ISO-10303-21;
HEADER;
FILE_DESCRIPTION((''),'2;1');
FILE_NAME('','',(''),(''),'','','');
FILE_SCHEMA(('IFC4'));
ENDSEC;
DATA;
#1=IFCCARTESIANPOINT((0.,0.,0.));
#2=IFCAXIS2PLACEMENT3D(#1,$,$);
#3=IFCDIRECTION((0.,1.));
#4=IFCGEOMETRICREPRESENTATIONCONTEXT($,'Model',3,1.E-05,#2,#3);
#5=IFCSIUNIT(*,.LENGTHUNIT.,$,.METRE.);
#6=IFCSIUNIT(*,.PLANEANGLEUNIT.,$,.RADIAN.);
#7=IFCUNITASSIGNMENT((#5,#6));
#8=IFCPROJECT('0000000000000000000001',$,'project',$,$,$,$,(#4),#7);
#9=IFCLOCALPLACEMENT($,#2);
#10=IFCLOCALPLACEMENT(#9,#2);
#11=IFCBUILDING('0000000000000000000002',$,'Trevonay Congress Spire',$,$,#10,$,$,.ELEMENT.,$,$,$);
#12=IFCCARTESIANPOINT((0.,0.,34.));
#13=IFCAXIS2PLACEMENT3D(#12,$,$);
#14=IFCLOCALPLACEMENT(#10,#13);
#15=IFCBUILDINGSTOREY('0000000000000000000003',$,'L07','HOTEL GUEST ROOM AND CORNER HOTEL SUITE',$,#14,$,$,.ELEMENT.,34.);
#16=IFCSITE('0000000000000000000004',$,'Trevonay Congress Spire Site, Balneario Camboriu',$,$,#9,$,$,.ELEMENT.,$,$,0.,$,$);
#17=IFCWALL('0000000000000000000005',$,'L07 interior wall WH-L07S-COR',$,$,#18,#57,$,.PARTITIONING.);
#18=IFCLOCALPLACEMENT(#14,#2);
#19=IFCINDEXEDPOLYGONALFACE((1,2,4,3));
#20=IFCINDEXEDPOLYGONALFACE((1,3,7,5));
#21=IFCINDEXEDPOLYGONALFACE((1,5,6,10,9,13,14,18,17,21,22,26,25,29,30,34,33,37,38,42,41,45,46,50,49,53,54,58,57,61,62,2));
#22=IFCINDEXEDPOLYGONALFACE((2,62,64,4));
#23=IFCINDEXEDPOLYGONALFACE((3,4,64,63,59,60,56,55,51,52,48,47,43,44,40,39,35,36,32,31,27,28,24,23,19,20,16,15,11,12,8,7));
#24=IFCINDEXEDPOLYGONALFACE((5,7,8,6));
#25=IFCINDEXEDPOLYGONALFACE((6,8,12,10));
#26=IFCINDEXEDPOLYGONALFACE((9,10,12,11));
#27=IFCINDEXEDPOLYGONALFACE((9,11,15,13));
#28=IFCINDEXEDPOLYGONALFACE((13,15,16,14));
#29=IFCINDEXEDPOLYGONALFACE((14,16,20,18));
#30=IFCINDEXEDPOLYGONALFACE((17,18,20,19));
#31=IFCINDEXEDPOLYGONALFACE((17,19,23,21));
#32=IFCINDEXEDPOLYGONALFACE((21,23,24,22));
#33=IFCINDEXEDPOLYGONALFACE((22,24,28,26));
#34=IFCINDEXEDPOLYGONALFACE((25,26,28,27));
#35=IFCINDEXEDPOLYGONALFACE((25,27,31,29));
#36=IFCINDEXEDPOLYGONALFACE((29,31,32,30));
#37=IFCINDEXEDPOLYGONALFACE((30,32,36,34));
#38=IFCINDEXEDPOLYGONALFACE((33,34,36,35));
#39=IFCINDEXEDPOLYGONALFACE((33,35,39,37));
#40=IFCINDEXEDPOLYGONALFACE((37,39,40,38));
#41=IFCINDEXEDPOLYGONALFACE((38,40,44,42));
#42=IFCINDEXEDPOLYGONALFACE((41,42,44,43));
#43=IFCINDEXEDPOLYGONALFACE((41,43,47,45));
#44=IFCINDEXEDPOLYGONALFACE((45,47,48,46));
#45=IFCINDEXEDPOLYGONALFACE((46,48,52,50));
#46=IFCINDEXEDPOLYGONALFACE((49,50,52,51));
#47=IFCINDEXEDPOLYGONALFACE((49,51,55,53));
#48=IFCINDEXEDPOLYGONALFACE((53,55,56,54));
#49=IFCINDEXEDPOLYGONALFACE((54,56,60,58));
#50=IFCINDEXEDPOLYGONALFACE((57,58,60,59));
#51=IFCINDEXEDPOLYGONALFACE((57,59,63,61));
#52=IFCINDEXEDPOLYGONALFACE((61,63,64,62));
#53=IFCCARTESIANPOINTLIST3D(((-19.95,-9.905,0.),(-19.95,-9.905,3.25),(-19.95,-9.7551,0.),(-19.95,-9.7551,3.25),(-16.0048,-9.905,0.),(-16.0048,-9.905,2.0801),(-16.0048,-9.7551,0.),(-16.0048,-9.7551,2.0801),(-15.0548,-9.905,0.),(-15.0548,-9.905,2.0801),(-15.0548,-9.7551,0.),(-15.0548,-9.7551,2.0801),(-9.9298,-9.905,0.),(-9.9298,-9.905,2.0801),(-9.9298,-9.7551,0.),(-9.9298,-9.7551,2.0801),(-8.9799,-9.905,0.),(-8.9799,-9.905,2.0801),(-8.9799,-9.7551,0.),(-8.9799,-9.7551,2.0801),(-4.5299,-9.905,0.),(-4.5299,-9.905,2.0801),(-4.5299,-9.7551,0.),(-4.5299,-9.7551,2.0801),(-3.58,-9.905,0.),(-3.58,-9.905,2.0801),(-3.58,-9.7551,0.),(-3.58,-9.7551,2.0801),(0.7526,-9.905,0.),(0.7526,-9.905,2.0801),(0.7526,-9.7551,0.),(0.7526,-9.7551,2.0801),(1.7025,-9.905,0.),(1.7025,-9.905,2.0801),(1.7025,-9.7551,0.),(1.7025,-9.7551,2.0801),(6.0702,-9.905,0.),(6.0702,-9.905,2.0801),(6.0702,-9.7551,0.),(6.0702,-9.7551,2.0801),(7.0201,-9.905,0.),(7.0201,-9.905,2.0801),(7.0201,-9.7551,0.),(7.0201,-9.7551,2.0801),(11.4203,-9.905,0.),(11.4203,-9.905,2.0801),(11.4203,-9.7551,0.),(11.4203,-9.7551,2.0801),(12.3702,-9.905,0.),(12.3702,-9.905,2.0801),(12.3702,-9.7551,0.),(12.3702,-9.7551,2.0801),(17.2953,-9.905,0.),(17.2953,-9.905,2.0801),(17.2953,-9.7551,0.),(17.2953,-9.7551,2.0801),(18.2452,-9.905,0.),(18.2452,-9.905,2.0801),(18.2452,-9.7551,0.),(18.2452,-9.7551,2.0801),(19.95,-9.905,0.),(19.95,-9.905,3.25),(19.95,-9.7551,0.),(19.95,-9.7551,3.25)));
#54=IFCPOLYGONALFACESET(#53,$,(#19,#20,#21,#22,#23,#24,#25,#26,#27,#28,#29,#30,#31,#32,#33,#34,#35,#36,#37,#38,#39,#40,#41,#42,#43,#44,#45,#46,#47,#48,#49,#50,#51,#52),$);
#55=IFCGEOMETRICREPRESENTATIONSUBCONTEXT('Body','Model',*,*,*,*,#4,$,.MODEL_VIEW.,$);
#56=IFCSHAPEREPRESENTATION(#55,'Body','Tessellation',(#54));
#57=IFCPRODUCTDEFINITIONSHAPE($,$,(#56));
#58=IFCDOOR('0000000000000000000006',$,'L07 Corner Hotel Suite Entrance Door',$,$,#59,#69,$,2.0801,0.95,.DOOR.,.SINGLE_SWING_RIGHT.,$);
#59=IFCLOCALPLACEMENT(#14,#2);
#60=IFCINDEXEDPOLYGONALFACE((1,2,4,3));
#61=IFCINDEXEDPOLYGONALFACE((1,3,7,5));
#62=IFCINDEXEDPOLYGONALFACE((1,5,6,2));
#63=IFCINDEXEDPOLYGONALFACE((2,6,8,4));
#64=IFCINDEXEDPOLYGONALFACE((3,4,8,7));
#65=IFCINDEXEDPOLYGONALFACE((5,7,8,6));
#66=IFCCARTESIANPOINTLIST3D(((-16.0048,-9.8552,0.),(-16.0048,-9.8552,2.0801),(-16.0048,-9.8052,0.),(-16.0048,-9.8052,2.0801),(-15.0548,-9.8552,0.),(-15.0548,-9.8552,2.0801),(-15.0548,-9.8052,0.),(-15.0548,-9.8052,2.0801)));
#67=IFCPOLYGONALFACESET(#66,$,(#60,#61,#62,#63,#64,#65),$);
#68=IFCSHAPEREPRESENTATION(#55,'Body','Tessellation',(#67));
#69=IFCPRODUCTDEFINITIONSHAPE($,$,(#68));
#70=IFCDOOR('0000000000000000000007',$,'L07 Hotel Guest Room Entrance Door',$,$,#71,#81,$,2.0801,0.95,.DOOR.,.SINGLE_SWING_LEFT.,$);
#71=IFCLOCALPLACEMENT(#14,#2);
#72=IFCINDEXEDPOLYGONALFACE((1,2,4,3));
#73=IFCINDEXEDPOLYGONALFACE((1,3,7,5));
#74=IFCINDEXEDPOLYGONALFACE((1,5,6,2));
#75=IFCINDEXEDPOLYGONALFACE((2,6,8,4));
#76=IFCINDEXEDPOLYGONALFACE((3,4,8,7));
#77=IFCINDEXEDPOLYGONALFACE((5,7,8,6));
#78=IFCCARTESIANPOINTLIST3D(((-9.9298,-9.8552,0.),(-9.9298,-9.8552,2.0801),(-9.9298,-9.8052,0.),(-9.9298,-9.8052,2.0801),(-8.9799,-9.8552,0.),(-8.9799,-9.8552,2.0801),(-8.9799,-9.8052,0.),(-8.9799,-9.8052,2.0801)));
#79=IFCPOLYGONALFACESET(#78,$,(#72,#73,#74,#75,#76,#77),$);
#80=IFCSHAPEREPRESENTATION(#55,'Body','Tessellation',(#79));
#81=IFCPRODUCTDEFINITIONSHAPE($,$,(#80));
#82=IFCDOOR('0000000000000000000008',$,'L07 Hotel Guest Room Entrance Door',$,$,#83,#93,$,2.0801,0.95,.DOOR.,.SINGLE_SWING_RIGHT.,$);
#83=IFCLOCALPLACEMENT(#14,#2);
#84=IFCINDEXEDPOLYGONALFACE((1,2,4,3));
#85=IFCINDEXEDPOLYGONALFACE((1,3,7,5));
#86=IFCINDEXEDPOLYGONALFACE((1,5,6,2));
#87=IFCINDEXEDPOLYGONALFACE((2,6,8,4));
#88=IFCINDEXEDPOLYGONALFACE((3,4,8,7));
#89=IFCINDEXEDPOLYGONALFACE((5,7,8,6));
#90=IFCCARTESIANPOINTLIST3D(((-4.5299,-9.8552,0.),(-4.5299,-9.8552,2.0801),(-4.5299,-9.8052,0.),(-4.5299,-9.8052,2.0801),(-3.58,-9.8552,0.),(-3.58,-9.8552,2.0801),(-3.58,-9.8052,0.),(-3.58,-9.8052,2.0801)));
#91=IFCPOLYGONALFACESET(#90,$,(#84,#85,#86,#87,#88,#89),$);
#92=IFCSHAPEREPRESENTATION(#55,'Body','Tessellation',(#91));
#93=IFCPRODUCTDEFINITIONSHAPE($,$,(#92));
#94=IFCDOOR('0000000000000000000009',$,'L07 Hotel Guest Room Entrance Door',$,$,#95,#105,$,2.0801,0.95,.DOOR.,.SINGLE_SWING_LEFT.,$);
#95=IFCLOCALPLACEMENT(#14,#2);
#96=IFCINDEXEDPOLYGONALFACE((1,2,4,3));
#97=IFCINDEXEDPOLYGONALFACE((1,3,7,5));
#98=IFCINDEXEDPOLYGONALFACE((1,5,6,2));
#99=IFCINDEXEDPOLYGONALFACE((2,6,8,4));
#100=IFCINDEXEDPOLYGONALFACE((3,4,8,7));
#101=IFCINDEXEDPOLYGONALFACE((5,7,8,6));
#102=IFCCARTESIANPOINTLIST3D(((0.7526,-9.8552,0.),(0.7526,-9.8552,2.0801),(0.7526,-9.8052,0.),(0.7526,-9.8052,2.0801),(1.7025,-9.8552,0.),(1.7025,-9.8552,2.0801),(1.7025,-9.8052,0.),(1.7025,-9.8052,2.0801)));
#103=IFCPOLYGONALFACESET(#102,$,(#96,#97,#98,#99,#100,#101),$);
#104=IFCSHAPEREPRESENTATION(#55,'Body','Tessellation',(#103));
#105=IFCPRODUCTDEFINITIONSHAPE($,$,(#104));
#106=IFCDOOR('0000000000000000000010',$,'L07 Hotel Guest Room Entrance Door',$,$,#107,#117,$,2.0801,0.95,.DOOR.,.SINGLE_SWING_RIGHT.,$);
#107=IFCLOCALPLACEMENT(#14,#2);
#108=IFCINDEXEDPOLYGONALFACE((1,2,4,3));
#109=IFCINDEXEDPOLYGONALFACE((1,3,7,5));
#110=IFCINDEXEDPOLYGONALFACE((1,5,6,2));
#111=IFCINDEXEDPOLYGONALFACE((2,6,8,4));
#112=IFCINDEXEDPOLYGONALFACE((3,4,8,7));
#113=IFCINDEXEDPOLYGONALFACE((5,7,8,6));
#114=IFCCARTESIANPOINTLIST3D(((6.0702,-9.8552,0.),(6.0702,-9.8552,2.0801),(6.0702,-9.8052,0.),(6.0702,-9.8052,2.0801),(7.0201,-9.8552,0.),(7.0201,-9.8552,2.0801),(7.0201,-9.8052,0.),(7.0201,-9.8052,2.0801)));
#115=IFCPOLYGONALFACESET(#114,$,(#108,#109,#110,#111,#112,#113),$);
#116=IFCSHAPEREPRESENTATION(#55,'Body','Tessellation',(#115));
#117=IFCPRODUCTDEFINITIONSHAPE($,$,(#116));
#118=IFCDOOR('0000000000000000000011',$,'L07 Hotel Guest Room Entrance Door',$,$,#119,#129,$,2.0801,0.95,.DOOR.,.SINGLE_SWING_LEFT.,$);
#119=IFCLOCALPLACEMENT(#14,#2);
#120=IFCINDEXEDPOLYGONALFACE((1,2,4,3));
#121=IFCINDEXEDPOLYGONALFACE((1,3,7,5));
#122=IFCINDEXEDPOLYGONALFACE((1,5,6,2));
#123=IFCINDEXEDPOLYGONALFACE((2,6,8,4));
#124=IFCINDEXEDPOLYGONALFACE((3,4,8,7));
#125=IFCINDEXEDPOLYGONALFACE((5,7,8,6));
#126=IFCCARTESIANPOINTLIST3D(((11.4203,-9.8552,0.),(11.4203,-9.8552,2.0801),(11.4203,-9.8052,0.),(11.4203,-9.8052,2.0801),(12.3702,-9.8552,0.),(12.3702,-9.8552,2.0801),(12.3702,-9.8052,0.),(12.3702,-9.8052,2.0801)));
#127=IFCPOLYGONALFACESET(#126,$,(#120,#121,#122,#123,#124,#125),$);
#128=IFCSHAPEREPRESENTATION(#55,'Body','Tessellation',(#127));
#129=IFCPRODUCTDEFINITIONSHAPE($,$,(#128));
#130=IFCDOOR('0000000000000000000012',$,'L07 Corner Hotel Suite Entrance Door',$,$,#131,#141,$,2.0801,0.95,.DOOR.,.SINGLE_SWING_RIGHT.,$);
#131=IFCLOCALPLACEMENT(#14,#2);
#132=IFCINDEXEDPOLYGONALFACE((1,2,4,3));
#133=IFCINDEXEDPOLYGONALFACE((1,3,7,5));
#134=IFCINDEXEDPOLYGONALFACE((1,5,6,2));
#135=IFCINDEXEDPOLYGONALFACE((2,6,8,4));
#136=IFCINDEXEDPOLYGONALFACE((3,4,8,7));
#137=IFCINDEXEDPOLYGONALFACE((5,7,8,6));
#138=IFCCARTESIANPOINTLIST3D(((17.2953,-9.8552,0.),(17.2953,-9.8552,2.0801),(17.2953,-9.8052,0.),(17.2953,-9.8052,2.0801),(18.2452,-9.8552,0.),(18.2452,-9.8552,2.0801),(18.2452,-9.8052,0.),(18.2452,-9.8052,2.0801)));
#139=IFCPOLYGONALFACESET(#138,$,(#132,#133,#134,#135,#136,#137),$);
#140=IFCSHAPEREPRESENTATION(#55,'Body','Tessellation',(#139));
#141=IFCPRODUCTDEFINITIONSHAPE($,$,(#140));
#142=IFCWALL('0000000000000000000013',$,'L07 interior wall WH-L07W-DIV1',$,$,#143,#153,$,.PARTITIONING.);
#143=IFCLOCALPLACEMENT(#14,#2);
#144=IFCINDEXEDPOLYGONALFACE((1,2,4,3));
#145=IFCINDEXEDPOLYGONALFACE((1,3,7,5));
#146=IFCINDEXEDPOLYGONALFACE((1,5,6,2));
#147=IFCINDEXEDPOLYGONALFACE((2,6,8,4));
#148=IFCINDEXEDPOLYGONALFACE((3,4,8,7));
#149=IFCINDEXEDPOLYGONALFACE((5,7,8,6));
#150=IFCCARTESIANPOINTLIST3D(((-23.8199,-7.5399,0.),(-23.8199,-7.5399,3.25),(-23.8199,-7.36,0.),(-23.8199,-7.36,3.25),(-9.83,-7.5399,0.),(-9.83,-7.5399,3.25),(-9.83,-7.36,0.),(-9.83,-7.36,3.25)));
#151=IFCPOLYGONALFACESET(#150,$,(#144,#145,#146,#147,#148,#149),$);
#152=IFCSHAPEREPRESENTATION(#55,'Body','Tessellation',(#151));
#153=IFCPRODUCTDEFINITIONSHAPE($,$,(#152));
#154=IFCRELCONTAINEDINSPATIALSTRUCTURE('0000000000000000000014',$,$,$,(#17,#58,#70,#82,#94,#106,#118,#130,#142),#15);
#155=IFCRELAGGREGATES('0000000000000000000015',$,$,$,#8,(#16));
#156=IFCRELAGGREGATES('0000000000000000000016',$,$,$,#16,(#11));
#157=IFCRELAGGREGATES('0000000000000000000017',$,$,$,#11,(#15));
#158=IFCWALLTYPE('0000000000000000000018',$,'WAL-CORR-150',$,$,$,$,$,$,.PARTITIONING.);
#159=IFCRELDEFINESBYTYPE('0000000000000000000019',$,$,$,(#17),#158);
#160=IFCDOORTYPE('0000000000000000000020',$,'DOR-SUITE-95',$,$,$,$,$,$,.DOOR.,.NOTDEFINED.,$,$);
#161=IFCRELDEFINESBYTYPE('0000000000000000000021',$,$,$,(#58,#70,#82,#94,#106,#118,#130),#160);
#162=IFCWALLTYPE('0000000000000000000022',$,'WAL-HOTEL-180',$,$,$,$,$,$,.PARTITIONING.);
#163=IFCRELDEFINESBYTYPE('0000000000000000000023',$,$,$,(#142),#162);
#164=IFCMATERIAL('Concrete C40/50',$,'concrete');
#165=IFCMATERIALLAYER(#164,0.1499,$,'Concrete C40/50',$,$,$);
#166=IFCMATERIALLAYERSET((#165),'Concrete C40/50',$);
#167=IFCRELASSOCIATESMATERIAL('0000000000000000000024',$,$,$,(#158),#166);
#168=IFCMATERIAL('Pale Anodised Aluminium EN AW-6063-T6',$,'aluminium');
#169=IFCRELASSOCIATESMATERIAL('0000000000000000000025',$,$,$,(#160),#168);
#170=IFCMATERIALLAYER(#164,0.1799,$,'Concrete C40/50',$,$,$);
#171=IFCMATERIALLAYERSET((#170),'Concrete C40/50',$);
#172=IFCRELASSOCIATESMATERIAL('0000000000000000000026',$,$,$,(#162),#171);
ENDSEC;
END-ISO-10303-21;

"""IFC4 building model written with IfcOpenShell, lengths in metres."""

from ifc_helpers import new_model, si_unit, direction, frame, frame_2d, origin, place, context, subcontext, project, spatial, rectangle, extrude, material, layer, layer_set, type_object, element, fill, save


model = new_model("IFC4")

# Units and contexts
model_context = context("Model", 3, precision=1e-05, world=origin(), true_north=direction((0.0, 1.0)))
body_context = subcontext(model_context, "Body", "Model", "MODEL_VIEW")
ifc_project = project(units=[si_unit("LENGTHUNIT", "METRE"), si_unit("PLANEANGLEUNIT", "RADIAN")], contexts=[model_context])

# Site, building, storey
site_placement = place(None, origin())
site = spatial("IfcSite", under=ifc_project, at=site_placement, Name="Trevonay Congress Spire Site, Balneario Camboriu", CompositionType="ELEMENT", RefElevation=0.0)
building_placement = place(site_placement, origin())
building = spatial("IfcBuilding", under=site, at=building_placement, Name="Trevonay Congress Spire", CompositionType="ELEMENT")
storey_placement = place(building_placement, frame((0.0, 0.0, 34.0)))
storey = spatial("IfcBuildingStorey", under=building, at=storey_placement, Name="L07", Description="HOTEL GUEST ROOM AND CORNER HOTEL SUITE", CompositionType="ELEMENT", Elevation=34.0)

# Shared definitions
ifc_material_1 = material(Name="Pale Anodised Aluminium EN AW-6063-T6", Category="aluminium")

# Shared definitions
ifc_material_2 = material(Name="Concrete C40/50", Category="concrete")

# Wall, openings, doors
ifc_layer_1 = layer(ifc_material_2, 0.1499, Name="Concrete C40/50")
ifc_layer_set_1 = layer_set([ifc_layer_1], Name="Concrete C40/50")
wall_type_1 = type_object("IfcWallType", Name="WAL-CORR-150", PredefinedType="PARTITIONING", material=ifc_layer_set_1)
wall_1_placement = place(storey_placement, frame((-19.95, -9.8301, 0.0), z_axis=(0.0, 0.0, 1.0), x_axis=(1.0, 0.0, 0.0)))
wall_1 = element("IfcWall", 1, at=wall_1_placement, inside=storey, type_object=wall_type_1, Name="L07 interior wall WH-L07S-COR", PredefinedType="PARTITIONING", context=body_context, shape_type="SweptSolid", body=[
    extrude(rectangle(XDim=39.8999, YDim=0.1499, at=frame_2d((19.95, 0.0))), origin(), (0.0, 0.0, 1.0), 3.25),
])
opening_1_placement = place(wall_1_placement, frame((3.9451, 0.0, 0.0)))
opening_1 = element("IfcOpeningElement", 2, at=opening_1_placement, cuts=wall_1, PredefinedType="OPENING", context=body_context, shape_type="SweptSolid", body=[
    extrude(rectangle(XDim=0.95, YDim=2.0801, at=frame_2d((0.4751, 1.04))), frame((0.0, 0.085, 0.0), z_axis=(0.0, -1.0, 0.0), x_axis=(1.0, 0.0, 0.0)), (0.0, 0.0, 1.0), 0.1699),
])
opening_2_placement = place(wall_1_placement, frame((10.02, 0.0, 0.0)))
opening_2 = element("IfcOpeningElement", 3, at=opening_2_placement, cuts=wall_1, PredefinedType="OPENING", context=body_context, shape_type="SweptSolid", body=[
    extrude(rectangle(XDim=0.95, YDim=2.0801, at=frame_2d((0.4751, 1.04))), frame((0.0, 0.085, 0.0), z_axis=(0.0, -1.0, 0.0), x_axis=(1.0, 0.0, 0.0)), (0.0, 0.0, 1.0), 0.1699),
])
opening_3_placement = place(wall_1_placement, frame((15.4199, 0.0, 0.0)))
opening_3 = element("IfcOpeningElement", 4, at=opening_3_placement, cuts=wall_1, PredefinedType="OPENING", context=body_context, shape_type="SweptSolid", body=[
    extrude(rectangle(XDim=0.95, YDim=2.0801, at=frame_2d((0.4751, 1.04))), frame((0.0, 0.085, 0.0), z_axis=(0.0, -1.0, 0.0), x_axis=(1.0, 0.0, 0.0)), (0.0, 0.0, 1.0), 0.1699),
])
opening_4_placement = place(wall_1_placement, frame((20.7024, 0.0, 0.0)))
opening_4 = element("IfcOpeningElement", 5, at=opening_4_placement, cuts=wall_1, PredefinedType="OPENING", context=body_context, shape_type="SweptSolid", body=[
    extrude(rectangle(XDim=0.95, YDim=2.0801, at=frame_2d((0.4751, 1.04))), frame((0.0, 0.085, 0.0), z_axis=(0.0, -1.0, 0.0), x_axis=(1.0, 0.0, 0.0)), (0.0, 0.0, 1.0), 0.1699),
])
opening_5_placement = place(wall_1_placement, frame((26.02, 0.0, 0.0)))
opening_5 = element("IfcOpeningElement", 6, at=opening_5_placement, cuts=wall_1, PredefinedType="OPENING", context=body_context, shape_type="SweptSolid", body=[
    extrude(rectangle(XDim=0.95, YDim=2.0801, at=frame_2d((0.4751, 1.04))), frame((0.0, 0.085, 0.0), z_axis=(0.0, -1.0, 0.0), x_axis=(1.0, 0.0, 0.0)), (0.0, 0.0, 1.0), 0.1699),
])
opening_6_placement = place(wall_1_placement, frame((31.3701, 0.0, 0.0)))
opening_6 = element("IfcOpeningElement", 7, at=opening_6_placement, cuts=wall_1, PredefinedType="OPENING", context=body_context, shape_type="SweptSolid", body=[
    extrude(rectangle(XDim=0.95, YDim=2.0801, at=frame_2d((0.4751, 1.04))), frame((0.0, 0.085, 0.0), z_axis=(0.0, -1.0, 0.0), x_axis=(1.0, 0.0, 0.0)), (0.0, 0.0, 1.0), 0.1699),
])
opening_7_placement = place(wall_1_placement, frame((37.2451, 0.0, 0.0)))
opening_7 = element("IfcOpeningElement", 8, at=opening_7_placement, cuts=wall_1, PredefinedType="OPENING", context=body_context, shape_type="SweptSolid", body=[
    extrude(rectangle(XDim=0.95, YDim=2.0801, at=frame_2d((0.4751, 1.04))), frame((0.0, 0.085, 0.0), z_axis=(0.0, -1.0, 0.0), x_axis=(1.0, 0.0, 0.0)), (0.0, 0.0, 1.0), 0.1699),
])
door_type_1 = type_object("IfcDoorType", Name="DOR-SUITE-95", OperationType="NOTDEFINED", PredefinedType="DOOR", material=ifc_material_1)
door_1_placement = place(opening_1_placement, origin())
door_1 = element("IfcDoor", 9, at=door_1_placement, inside=storey, type_object=door_type_1, Name="L07 Corner Hotel Suite Entrance Door", OperationType="SINGLE_SWING_RIGHT", OverallHeight=2.0801, OverallWidth=0.95, PredefinedType="DOOR", context=body_context, shape_type="SweptSolid", body=[
    extrude(rectangle(XDim=0.95, YDim=2.0801, at=frame_2d((0.4751, 1.04))), frame((0.0, 0.0249, 0.0), z_axis=(0.0, -1.0, 0.0), x_axis=(1.0, 0.0, 0.0)), (0.0, 0.0, 1.0), 0.05),
])
fill(opening_1, door_1)
door_2_placement = place(opening_2_placement, origin())
door_2 = element("IfcDoor", 10, at=door_2_placement, inside=storey, type_object=door_type_1, Name="L07 Hotel Guest Room Entrance Door", OperationType="SINGLE_SWING_LEFT", OverallHeight=2.0801, OverallWidth=0.95, PredefinedType="DOOR", context=body_context, shape_type="SweptSolid", body=[
    extrude(rectangle(XDim=0.95, YDim=2.0801, at=frame_2d((0.4751, 1.04))), frame((0.0, 0.0249, 0.0), z_axis=(0.0, -1.0, 0.0), x_axis=(1.0, 0.0, 0.0)), (0.0, 0.0, 1.0), 0.05),
])
fill(opening_2, door_2)
door_3_placement = place(opening_3_placement, origin())
door_3 = element("IfcDoor", 11, at=door_3_placement, inside=storey, type_object=door_type_1, Name="L07 Hotel Guest Room Entrance Door", OperationType="SINGLE_SWING_RIGHT", OverallHeight=2.0801, OverallWidth=0.95, PredefinedType="DOOR", context=body_context, shape_type="SweptSolid", body=[
    extrude(rectangle(XDim=0.95, YDim=2.0801, at=frame_2d((0.4751, 1.04))), frame((0.0, 0.0249, 0.0), z_axis=(0.0, -1.0, 0.0), x_axis=(1.0, 0.0, 0.0)), (0.0, 0.0, 1.0), 0.05),
])
fill(opening_3, door_3)
door_4_placement = place(opening_4_placement, origin())
door_4 = element("IfcDoor", 12, at=door_4_placement, inside=storey, type_object=door_type_1, Name="L07 Hotel Guest Room Entrance Door", OperationType="SINGLE_SWING_LEFT", OverallHeight=2.0801, OverallWidth=0.95, PredefinedType="DOOR", context=body_context, shape_type="SweptSolid", body=[
    extrude(rectangle(XDim=0.95, YDim=2.0801, at=frame_2d((0.4751, 1.04))), frame((0.0, 0.0249, 0.0), z_axis=(0.0, -1.0, 0.0), x_axis=(1.0, 0.0, 0.0)), (0.0, 0.0, 1.0), 0.05),
])
fill(opening_4, door_4)
door_5_placement = place(opening_5_placement, origin())
door_5 = element("IfcDoor", 13, at=door_5_placement, inside=storey, type_object=door_type_1, Name="L07 Hotel Guest Room Entrance Door", OperationType="SINGLE_SWING_RIGHT", OverallHeight=2.0801, OverallWidth=0.95, PredefinedType="DOOR", context=body_context, shape_type="SweptSolid", body=[
    extrude(rectangle(XDim=0.95, YDim=2.0801, at=frame_2d((0.4751, 1.04))), frame((0.0, 0.0249, 0.0), z_axis=(0.0, -1.0, 0.0), x_axis=(1.0, 0.0, 0.0)), (0.0, 0.0, 1.0), 0.05),
])
fill(opening_5, door_5)
door_6_placement = place(opening_6_placement, origin())
door_6 = element("IfcDoor", 14, at=door_6_placement, inside=storey, type_object=door_type_1, Name="L07 Hotel Guest Room Entrance Door", OperationType="SINGLE_SWING_LEFT", OverallHeight=2.0801, OverallWidth=0.95, PredefinedType="DOOR", context=body_context, shape_type="SweptSolid", body=[
    extrude(rectangle(XDim=0.95, YDim=2.0801, at=frame_2d((0.4751, 1.04))), frame((0.0, 0.0249, 0.0), z_axis=(0.0, -1.0, 0.0), x_axis=(1.0, 0.0, 0.0)), (0.0, 0.0, 1.0), 0.05),
])
fill(opening_6, door_6)
door_7_placement = place(opening_7_placement, origin())
door_7 = element("IfcDoor", 15, at=door_7_placement, inside=storey, type_object=door_type_1, Name="L07 Corner Hotel Suite Entrance Door", OperationType="SINGLE_SWING_RIGHT", OverallHeight=2.0801, OverallWidth=0.95, PredefinedType="DOOR", context=body_context, shape_type="SweptSolid", body=[
    extrude(rectangle(XDim=0.95, YDim=2.0801, at=frame_2d((0.4751, 1.04))), frame((0.0, 0.0249, 0.0), z_axis=(0.0, -1.0, 0.0), x_axis=(1.0, 0.0, 0.0)), (0.0, 0.0, 1.0), 0.05),
])
fill(opening_7, door_7)

# Wall
ifc_layer_2 = layer(ifc_material_2, 0.1799, Name="Concrete C40/50")
ifc_layer_set_2 = layer_set([ifc_layer_2], Name="Concrete C40/50")
wall_type_2 = type_object("IfcWallType", Name="WAL-HOTEL-180", PredefinedType="PARTITIONING", material=ifc_layer_set_2)
wall_2_placement = place(storey_placement, frame((-23.8201, -7.45, 0.0), z_axis=(0.0, 0.0, 1.0), x_axis=(1.0, 0.0, 0.0)))
element("IfcWall", 16, at=wall_2_placement, inside=storey, type_object=wall_type_2, Name="L07 interior wall WH-L07W-DIV1", PredefinedType="PARTITIONING", context=body_context, shape_type="SweptSolid", body=[
    extrude(rectangle(XDim=13.99, YDim=0.1799, at=frame_2d((6.9951, 0.0))), origin(), (0.0, 0.0, 1.0), 3.25),
])

save(model, "model.ifc")
